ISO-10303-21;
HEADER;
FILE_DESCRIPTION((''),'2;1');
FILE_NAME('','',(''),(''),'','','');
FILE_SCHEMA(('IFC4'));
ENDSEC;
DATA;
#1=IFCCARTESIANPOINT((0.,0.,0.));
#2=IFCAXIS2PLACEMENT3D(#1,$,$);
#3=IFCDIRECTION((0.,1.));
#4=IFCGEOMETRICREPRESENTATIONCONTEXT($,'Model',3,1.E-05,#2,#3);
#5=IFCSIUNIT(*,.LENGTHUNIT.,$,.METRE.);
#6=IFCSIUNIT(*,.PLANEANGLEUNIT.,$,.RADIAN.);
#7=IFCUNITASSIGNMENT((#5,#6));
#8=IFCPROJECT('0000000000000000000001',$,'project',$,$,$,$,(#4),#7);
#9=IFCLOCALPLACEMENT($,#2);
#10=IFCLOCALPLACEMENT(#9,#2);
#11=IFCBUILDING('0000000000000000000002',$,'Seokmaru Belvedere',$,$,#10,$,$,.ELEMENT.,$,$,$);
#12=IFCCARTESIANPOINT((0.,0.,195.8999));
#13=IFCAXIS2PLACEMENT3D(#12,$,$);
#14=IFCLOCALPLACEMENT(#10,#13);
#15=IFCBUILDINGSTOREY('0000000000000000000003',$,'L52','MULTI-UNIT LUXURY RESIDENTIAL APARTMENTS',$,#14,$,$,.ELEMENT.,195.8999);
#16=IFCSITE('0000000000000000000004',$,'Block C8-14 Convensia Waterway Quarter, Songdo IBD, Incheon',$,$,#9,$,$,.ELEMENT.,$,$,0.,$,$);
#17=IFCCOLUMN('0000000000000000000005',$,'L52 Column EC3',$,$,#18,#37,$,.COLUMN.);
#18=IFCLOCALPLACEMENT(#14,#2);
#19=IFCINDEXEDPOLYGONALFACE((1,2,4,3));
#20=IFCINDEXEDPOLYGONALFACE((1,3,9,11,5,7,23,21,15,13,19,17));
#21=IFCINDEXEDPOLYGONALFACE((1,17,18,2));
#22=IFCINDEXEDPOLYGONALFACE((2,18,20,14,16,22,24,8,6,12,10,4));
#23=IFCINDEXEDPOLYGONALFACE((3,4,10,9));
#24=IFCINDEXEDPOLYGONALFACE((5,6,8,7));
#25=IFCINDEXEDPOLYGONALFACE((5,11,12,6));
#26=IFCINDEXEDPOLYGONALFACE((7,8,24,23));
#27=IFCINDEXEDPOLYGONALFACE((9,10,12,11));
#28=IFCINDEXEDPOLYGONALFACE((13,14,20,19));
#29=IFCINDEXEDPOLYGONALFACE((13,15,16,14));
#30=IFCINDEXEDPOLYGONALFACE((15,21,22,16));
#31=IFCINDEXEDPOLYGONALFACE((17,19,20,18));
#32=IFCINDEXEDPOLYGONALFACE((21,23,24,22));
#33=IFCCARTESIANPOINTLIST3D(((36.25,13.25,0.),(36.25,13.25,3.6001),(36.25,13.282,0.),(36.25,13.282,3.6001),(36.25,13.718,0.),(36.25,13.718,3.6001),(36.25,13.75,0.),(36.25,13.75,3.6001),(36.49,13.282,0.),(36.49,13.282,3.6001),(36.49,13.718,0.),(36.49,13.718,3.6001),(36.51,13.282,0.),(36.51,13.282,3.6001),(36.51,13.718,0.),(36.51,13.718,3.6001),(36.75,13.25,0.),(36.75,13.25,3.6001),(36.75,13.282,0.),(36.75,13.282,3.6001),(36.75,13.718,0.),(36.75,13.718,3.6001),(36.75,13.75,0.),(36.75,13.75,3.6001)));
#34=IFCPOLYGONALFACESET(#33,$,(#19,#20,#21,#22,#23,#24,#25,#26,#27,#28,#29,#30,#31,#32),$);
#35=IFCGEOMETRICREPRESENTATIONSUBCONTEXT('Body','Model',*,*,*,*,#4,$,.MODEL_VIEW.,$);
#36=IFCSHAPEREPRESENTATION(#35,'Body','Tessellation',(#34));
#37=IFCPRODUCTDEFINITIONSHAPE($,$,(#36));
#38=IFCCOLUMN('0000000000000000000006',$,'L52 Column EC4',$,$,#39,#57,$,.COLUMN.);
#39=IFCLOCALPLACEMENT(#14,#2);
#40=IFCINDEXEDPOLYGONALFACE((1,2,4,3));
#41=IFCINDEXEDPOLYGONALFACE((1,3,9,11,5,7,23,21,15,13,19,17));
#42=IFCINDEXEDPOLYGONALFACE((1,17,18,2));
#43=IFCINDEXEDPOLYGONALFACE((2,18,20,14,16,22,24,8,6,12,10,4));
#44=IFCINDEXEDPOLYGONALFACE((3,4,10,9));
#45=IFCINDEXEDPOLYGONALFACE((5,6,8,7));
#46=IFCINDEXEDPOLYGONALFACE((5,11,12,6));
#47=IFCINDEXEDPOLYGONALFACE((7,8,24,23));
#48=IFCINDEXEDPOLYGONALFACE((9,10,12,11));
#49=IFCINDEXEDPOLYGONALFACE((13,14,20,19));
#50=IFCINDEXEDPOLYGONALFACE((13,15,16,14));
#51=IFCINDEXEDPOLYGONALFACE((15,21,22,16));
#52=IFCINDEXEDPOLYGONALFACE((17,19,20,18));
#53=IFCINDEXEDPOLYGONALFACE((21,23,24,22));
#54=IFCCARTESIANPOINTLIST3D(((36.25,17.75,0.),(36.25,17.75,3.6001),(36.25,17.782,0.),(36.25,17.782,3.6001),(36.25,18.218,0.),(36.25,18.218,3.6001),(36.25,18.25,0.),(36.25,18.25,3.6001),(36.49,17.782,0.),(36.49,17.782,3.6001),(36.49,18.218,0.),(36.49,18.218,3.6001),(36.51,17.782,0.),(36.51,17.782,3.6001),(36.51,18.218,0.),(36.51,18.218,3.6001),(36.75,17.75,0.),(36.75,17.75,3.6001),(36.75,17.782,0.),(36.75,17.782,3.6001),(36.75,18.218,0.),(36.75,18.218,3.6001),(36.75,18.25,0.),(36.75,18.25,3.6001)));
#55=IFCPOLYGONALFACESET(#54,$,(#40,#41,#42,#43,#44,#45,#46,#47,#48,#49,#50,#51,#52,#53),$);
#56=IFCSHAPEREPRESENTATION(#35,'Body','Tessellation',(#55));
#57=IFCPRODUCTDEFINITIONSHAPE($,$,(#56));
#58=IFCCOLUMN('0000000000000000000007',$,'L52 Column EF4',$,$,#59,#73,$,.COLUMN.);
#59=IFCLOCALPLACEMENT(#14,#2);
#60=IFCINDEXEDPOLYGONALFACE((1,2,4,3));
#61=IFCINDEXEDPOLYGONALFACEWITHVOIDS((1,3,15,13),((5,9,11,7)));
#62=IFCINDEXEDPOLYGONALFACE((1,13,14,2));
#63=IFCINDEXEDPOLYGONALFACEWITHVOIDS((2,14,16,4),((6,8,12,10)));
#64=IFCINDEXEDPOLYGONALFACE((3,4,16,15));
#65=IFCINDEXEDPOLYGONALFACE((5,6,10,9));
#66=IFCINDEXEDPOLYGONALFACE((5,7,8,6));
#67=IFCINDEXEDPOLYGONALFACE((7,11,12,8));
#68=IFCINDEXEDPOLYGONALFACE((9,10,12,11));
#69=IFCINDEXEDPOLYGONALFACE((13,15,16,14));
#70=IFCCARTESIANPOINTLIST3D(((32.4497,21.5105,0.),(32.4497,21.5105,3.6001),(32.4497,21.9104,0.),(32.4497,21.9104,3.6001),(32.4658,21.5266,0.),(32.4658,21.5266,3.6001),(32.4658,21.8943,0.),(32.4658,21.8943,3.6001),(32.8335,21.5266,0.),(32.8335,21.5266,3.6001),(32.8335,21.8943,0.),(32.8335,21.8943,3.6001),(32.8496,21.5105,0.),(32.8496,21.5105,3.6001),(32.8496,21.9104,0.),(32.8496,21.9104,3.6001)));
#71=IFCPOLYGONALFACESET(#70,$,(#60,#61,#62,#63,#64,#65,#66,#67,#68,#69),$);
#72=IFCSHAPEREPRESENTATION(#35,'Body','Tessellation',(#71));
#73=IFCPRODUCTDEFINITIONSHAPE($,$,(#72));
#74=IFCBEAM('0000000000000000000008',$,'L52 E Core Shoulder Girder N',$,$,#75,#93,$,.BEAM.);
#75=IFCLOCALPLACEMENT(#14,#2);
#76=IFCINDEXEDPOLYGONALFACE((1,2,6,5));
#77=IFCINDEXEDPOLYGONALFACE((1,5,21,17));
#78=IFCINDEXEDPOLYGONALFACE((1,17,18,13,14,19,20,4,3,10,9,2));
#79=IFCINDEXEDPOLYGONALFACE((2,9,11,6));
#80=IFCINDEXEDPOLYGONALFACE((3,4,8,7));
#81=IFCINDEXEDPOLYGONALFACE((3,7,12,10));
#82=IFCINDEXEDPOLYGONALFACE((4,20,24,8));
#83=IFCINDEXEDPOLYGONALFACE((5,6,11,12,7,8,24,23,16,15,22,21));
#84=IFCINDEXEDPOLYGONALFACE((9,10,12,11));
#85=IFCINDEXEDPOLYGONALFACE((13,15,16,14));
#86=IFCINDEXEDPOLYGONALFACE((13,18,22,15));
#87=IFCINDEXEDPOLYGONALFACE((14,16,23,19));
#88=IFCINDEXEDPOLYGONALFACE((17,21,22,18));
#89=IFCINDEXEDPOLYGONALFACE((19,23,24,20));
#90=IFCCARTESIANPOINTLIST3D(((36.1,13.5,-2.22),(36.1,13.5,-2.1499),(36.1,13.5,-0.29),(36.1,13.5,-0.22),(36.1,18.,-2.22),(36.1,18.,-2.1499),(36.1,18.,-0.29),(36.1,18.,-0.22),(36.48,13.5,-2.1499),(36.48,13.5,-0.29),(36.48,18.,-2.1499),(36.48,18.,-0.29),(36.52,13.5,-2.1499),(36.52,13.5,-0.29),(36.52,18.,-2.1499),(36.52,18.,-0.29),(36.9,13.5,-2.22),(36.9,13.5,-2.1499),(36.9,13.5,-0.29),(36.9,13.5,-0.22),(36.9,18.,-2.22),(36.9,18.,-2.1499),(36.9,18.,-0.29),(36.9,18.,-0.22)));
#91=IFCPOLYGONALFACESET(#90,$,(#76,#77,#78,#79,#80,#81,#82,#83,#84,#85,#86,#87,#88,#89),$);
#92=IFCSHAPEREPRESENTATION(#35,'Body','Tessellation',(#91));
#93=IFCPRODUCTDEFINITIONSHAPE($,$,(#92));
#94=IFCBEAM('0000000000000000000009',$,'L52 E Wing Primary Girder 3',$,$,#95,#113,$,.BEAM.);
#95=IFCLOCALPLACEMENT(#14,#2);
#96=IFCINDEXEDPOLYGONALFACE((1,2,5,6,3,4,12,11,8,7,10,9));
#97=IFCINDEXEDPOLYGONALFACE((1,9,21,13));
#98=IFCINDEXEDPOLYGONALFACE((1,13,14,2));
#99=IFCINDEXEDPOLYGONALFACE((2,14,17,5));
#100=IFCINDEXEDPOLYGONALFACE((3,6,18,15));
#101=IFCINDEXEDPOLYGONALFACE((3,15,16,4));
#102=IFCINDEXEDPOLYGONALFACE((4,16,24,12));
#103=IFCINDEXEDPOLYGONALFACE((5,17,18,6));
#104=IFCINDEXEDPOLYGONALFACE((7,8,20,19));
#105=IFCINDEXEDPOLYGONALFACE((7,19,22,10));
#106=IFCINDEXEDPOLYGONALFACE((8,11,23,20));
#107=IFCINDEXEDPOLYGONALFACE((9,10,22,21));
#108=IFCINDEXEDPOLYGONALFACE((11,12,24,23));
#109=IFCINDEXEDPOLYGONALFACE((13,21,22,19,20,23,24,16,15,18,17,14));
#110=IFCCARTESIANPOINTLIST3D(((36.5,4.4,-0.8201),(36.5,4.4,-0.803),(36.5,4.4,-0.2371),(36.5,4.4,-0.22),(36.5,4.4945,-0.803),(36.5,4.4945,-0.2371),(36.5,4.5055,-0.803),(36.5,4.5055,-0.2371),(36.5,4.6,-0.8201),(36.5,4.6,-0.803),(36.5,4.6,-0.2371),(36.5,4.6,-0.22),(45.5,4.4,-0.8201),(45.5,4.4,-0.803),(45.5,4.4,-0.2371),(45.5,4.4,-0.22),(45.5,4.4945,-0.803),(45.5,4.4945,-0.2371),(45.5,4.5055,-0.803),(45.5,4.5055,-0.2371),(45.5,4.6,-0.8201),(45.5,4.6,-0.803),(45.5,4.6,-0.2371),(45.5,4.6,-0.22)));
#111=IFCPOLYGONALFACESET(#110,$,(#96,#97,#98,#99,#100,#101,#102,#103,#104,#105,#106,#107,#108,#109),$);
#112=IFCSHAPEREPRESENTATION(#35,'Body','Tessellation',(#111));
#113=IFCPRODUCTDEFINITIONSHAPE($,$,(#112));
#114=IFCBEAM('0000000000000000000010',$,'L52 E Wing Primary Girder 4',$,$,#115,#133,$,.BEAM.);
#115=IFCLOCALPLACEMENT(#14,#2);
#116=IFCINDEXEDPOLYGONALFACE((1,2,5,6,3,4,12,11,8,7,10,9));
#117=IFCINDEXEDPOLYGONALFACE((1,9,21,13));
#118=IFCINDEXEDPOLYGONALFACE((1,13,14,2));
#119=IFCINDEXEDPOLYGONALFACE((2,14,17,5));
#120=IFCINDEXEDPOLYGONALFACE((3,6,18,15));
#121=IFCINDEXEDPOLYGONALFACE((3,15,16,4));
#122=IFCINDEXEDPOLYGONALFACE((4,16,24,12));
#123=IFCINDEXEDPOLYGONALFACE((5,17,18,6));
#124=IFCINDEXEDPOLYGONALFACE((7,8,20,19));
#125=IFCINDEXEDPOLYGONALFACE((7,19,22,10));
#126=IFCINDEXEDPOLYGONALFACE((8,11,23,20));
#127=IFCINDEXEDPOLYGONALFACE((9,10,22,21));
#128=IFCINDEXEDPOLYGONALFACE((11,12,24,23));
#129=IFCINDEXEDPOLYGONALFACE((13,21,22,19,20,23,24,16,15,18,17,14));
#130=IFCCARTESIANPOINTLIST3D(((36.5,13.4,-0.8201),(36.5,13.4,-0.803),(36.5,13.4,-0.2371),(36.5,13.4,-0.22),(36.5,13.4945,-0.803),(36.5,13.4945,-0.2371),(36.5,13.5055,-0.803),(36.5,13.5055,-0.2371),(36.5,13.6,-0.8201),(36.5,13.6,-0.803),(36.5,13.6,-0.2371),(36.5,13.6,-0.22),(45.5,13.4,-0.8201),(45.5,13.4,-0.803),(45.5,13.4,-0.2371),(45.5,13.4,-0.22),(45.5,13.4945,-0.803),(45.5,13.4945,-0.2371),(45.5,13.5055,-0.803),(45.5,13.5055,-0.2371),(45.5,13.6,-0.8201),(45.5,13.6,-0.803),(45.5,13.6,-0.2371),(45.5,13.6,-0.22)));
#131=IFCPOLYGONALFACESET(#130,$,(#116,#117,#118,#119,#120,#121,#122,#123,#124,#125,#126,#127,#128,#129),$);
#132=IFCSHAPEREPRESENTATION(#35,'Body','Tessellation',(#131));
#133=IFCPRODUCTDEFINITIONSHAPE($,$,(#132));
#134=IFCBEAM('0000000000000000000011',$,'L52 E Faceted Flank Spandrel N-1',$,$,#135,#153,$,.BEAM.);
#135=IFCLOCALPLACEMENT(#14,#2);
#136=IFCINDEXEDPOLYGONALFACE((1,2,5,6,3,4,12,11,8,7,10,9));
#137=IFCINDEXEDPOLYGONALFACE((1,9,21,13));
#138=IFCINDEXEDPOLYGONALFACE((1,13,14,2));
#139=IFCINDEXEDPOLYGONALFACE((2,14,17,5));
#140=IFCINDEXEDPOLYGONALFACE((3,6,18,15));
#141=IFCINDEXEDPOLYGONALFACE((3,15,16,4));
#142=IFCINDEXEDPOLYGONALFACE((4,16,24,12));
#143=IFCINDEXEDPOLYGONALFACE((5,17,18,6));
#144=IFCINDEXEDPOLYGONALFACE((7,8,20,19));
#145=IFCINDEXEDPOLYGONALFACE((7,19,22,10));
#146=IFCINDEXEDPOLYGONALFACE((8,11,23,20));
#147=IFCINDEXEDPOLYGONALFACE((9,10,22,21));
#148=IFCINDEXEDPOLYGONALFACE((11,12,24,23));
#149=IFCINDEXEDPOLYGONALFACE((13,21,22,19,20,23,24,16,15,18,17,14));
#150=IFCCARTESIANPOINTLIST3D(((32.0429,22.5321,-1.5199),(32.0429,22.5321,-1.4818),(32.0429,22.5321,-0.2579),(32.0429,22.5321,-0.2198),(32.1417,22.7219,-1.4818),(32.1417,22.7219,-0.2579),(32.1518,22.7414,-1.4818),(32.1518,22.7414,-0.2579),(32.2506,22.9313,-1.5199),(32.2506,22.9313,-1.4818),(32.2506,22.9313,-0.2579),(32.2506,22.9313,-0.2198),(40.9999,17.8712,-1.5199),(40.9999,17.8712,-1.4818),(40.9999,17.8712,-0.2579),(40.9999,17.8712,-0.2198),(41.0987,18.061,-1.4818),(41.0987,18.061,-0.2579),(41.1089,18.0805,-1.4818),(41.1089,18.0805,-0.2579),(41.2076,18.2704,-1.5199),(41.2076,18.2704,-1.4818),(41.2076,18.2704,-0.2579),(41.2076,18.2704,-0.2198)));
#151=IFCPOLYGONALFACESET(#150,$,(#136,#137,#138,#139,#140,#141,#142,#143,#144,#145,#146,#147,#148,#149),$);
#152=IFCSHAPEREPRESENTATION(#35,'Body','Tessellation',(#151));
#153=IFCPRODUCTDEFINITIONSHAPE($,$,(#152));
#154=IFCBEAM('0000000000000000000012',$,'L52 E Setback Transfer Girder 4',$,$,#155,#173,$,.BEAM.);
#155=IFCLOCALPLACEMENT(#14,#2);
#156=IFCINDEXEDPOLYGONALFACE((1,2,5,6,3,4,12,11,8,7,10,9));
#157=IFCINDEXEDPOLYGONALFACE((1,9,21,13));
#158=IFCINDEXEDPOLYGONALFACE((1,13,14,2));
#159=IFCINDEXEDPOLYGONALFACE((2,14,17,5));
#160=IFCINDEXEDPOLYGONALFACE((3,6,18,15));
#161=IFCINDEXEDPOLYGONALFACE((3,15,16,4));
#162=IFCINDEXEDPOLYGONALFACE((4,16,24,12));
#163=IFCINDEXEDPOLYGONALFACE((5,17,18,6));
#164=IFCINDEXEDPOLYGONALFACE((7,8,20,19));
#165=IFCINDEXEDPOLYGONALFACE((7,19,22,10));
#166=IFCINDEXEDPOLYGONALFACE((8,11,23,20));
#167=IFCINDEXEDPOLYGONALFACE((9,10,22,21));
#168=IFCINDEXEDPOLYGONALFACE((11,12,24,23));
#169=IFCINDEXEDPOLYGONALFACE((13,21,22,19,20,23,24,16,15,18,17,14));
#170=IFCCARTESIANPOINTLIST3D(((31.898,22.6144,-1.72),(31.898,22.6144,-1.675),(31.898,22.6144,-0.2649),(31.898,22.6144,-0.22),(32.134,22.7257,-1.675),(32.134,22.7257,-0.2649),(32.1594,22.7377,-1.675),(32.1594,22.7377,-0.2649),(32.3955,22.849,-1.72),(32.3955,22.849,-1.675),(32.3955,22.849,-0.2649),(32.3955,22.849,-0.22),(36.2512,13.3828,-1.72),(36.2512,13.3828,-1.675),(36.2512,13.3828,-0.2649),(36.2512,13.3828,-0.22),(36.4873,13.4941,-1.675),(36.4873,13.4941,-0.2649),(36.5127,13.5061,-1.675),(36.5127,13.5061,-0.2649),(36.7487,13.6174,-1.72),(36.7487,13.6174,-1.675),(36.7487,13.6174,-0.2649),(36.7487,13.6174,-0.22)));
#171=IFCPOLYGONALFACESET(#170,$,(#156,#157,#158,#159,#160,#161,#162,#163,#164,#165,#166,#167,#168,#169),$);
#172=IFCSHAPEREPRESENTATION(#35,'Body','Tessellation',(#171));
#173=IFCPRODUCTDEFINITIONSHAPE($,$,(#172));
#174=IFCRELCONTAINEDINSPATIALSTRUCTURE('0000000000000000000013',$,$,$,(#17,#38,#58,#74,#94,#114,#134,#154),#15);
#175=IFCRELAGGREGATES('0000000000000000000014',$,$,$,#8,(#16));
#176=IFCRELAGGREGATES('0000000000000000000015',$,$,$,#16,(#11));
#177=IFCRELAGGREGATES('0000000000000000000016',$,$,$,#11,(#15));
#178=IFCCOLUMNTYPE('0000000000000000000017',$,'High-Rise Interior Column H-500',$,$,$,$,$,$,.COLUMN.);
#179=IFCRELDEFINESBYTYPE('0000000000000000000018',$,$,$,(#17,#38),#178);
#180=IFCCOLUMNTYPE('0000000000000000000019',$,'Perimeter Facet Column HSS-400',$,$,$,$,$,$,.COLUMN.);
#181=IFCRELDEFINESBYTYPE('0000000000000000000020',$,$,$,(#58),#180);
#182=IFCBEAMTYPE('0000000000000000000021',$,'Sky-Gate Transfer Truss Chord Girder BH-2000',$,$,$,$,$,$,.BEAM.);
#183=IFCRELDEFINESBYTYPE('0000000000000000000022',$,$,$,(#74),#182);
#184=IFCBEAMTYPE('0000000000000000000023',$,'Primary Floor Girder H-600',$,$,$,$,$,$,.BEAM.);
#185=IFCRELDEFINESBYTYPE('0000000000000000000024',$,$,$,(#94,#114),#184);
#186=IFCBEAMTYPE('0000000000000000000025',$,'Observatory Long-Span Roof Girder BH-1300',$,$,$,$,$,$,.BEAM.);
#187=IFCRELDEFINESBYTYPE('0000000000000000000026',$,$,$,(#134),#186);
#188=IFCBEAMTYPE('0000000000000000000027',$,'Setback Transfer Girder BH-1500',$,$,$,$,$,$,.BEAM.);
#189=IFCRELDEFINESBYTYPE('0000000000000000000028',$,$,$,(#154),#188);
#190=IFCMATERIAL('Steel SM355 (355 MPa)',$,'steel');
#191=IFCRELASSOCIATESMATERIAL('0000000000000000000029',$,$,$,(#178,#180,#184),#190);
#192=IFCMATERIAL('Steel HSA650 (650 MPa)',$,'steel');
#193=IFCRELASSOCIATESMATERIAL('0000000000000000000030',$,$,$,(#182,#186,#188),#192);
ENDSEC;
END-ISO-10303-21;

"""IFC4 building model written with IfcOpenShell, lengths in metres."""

from ifc_helpers import new_model, si_unit, direction, frame, origin, origin_2d, place, context, subcontext, project, spatial, hollow_rectangle, i_section, extrude, source, transform, mapped, material, material_profile, profile_set, type_object, type_shapes, element, save


model = new_model("IFC4")

# Units and contexts
model_context = context("Model", 3, precision=1e-05, world=origin(), true_north=direction((0.0, 1.0)))
body_context = subcontext(model_context, "Body", "Model", "MODEL_VIEW")
ifc_project = project(units=[si_unit("LENGTHUNIT", "METRE"), si_unit("PLANEANGLEUNIT", "RADIAN")], contexts=[model_context])

# Site, building, storey
site_placement = place(None, origin())
site = spatial("IfcSite", under=ifc_project, at=site_placement, Name="Block C8-14 Convensia Waterway Quarter, Songdo IBD, Incheon", CompositionType="ELEMENT", RefElevation=0.0)
building_placement = place(site_placement, origin())
building = spatial("IfcBuilding", under=site, at=building_placement, Name="Seokmaru Belvedere", CompositionType="ELEMENT")
storey_placement = place(building_placement, frame((0.0, 0.0, 195.8999)))
storey = spatial("IfcBuildingStorey", under=building, at=storey_placement, Name="L52", Description="MULTI-UNIT LUXURY RESIDENTIAL APARTMENTS", CompositionType="ELEMENT", Elevation=195.8999)

# Columns
ifc_material_1 = material(Name="Steel SM355 (355 MPa)", Category="steel")
ifc_material_profile_1 = material_profile(ifc_material_1, i_section(OverallWidth=0.5, OverallDepth=0.5, WebThickness=0.02, FlangeThickness=0.032, at=origin_2d()), Name="H-500x500x20x32")
ifc_profile_set_1 = profile_set([ifc_material_profile_1], Name="Steel SM355 (355 MPa)")
column_type_1 = type_object("IfcColumnType", Name="High-Rise Interior Column H-500", PredefinedType="COLUMN", material=ifc_profile_set_1)
shared_shape_1 = source(origin(), body_context, "Body", "SweptSolid", [
    extrude(i_section(OverallWidth=0.5, OverallDepth=0.5, WebThickness=0.02, FlangeThickness=0.032, at=origin_2d()), origin(), (0.0, 0.0, 1.0), 3.6001),
])
type_shapes(column_type_1, [shared_shape_1])
for number, where, z_axis, x_axis, name in (
    (1, (36.5, 13.5, 0.0), (0.0, 0.0, 1.0), (1.0, 0.0, 0.0), "L52 Column EC3"),
    (2, (36.5, 18.0, 0.0), (0.0, 0.0, 1.0), (1.0, 0.0, 0.0), "L52 Column EC4"),
):
    element("IfcColumn", number, at=place(storey_placement, frame(where, z_axis=z_axis, x_axis=x_axis)), inside=storey, type_object=column_type_1, Name=name, PredefinedType="COLUMN", context=body_context, shape_type="MappedRepresentation", body=[
        mapped(shared_shape_1, transform((0.0, 0.0, 0.0), scale=1.0)),
    ])
ifc_material_profile_2 = material_profile(ifc_material_1, hollow_rectangle(XDim=0.3999, YDim=0.3999, WallThickness=0.0161, at=origin_2d()), Name="HSS-400x400x16")
ifc_profile_set_2 = profile_set([ifc_material_profile_2], Name="Steel SM355 (355 MPa)")
column_type_2 = type_object("IfcColumnType", Name="Perimeter Facet Column HSS-400", PredefinedType="COLUMN", material=ifc_profile_set_2)
shared_shape_2 = source(origin(), body_context, "Body", "SweptSolid", [
    extrude(hollow_rectangle(XDim=0.3999, YDim=0.3999, WallThickness=0.0161, at=origin_2d()), origin(), (0.0, 0.0, 1.0), 3.6001),
])
type_shapes(column_type_2, [shared_shape_2])
column_placement = place(storey_placement, frame((32.6497, 21.7104, 0.0), z_axis=(0.0, 0.0, 1.0), x_axis=(1.0, 0.0, 0.0)))
element("IfcColumn", 3, at=column_placement, inside=storey, type_object=column_type_2, Name="L52 Column EF4", PredefinedType="COLUMN", context=body_context, shape_type="MappedRepresentation", body=[
    mapped(shared_shape_2, transform((0.0, 0.0, 0.0), scale=1.0)),
])

# Beams
ifc_material_2 = material(Name="Steel HSA650 (650 MPa)", Category="steel")
ifc_material_profile_3 = material_profile(ifc_material_2, i_section(OverallWidth=0.8, OverallDepth=2.0, WebThickness=0.04, FlangeThickness=0.0701, at=origin_2d()), Name="BH-2000x800x40x70")
ifc_profile_set_3 = profile_set([ifc_material_profile_3], Name="Steel HSA650 (650 MPa)")
beam_type_1 = type_object("IfcBeamType", Name="Sky-Gate Transfer Truss Chord Girder BH-2000", PredefinedType="BEAM", material=ifc_profile_set_3)
shared_shape_3 = source(origin(), body_context, "Body", "SweptSolid", [
    extrude(i_section(OverallWidth=0.8, OverallDepth=2.0, WebThickness=0.04, FlangeThickness=0.0701, at=origin_2d()), origin(), (0.0, 0.0, 1.0), 4.5),
])
type_shapes(beam_type_1, [shared_shape_3])
beam_1_placement = place(storey_placement, frame((36.5, 13.5, -1.22), z_axis=(0.0, 1.0, 0.0), x_axis=(-1.0, 0.0, 0.0)))
element("IfcBeam", 4, at=beam_1_placement, inside=storey, type_object=beam_type_1, Name="L52 E Core Shoulder Girder N", PredefinedType="BEAM", context=body_context, shape_type="MappedRepresentation", body=[
    mapped(shared_shape_3, transform((0.0, 0.0, 0.0), scale=1.0)),
])
ifc_material_profile_4 = material_profile(ifc_material_1, i_section(OverallWidth=0.2, OverallDepth=0.6001, WebThickness=0.011, FlangeThickness=0.0171, at=origin_2d()), Name="H-600x200x11x17")
ifc_profile_set_4 = profile_set([ifc_material_profile_4], Name="Steel SM355 (355 MPa)")
beam_type_2 = type_object("IfcBeamType", Name="Primary Floor Girder H-600", PredefinedType="BEAM", material=ifc_profile_set_4)
shared_shape_4 = source(origin(), body_context, "Body", "SweptSolid", [
    extrude(i_section(OverallWidth=0.2, OverallDepth=0.6001, WebThickness=0.011, FlangeThickness=0.0171, at=origin_2d()), origin(), (0.0, 0.0, 1.0), 9.0),
])
type_shapes(beam_type_2, [shared_shape_4])
for number, where, z_axis, x_axis, name in (
    (5, (36.5, 4.5, -0.52), (1.0, 0.0, 0.0), (0.0, 1.0, 0.0), "L52 E Wing Primary Girder 3"),
    (6, (36.5, 13.5, -0.52), (1.0, 0.0, 0.0), (0.0, 1.0, 0.0), "L52 E Wing Primary Girder 4"),
):
    element("IfcBeam", number, at=place(storey_placement, frame(where, z_axis=z_axis, x_axis=x_axis)), inside=storey, type_object=beam_type_2, Name=name, PredefinedType="BEAM", context=body_context, shape_type="MappedRepresentation", body=[
        mapped(shared_shape_4, transform((0.0, 0.0, 0.0), scale=1.0)),
    ])
ifc_material_profile_5 = material_profile(ifc_material_2, i_section(OverallWidth=0.45, OverallDepth=1.3, WebThickness=0.022, FlangeThickness=0.0381, at=origin_2d()), Name="BH-1300x450x22x38")
ifc_profile_set_5 = profile_set([ifc_material_profile_5], Name="Steel HSA650 (650 MPa)")
beam_type_3 = type_object("IfcBeamType", Name="Observatory Long-Span Roof Girder BH-1300", PredefinedType="BEAM", material=ifc_profile_set_5)
shared_shape_5 = source(origin(), body_context, "Body", "SweptSolid", [
    extrude(i_section(OverallWidth=0.45, OverallDepth=1.3, WebThickness=0.022, FlangeThickness=0.0381, at=origin_2d()), origin(), (0.0, 0.0, 1.0), 10.0972),
])
beam_2_placement = place(storey_placement, frame((32.1467, 22.7317, -0.8699), z_axis=(0.887086, -0.461605, 0.0), x_axis=(0.461605, 0.887086, 0.0)))
element("IfcBeam", 7, at=beam_2_placement, inside=storey, type_object=beam_type_3, Name="L52 E Faceted Flank Spandrel N-1", PredefinedType="BEAM", context=body_context, shape_type="MappedRepresentation", body=[
    mapped(shared_shape_5, transform((0.0, 0.0, 0.0), scale=1.0)),
])
ifc_material_profile_6 = material_profile(ifc_material_2, i_section(OverallWidth=0.55, OverallDepth=1.5, WebThickness=0.0281, FlangeThickness=0.0449, at=origin_2d()), Name="BH-1500x550x28x45")
ifc_profile_set_6 = profile_set([ifc_material_profile_6], Name="Steel HSA650 (650 MPa)")
beam_type_4 = type_object("IfcBeamType", Name="Setback Transfer Girder BH-1500", PredefinedType="BEAM", material=ifc_profile_set_6)
shared_shape_6 = source(origin(), body_context, "Body", "SweptSolid", [
    extrude(i_section(OverallWidth=0.55, OverallDepth=1.5, WebThickness=0.0281, FlangeThickness=0.0449, at=origin_2d()), origin(), (0.0, 0.0, 1.0), 10.2065),
])
type_shapes(beam_type_4, [shared_shape_6])
beam_3_placement = place(storey_placement, frame((32.1467, 22.7317, -0.97), z_axis=(0.426515, -0.904481, 0.0), x_axis=(0.904481, 0.426515, 0.0)))
element("IfcBeam", 8, at=beam_3_placement, inside=storey, type_object=beam_type_4, Name="L52 E Setback Transfer Girder 4", PredefinedType="BEAM", context=body_context, shape_type="MappedRepresentation", body=[
    mapped(shared_shape_6, transform((0.0, 0.0, 0.0), scale=1.0)),
])

save(model, "model.ifc")
